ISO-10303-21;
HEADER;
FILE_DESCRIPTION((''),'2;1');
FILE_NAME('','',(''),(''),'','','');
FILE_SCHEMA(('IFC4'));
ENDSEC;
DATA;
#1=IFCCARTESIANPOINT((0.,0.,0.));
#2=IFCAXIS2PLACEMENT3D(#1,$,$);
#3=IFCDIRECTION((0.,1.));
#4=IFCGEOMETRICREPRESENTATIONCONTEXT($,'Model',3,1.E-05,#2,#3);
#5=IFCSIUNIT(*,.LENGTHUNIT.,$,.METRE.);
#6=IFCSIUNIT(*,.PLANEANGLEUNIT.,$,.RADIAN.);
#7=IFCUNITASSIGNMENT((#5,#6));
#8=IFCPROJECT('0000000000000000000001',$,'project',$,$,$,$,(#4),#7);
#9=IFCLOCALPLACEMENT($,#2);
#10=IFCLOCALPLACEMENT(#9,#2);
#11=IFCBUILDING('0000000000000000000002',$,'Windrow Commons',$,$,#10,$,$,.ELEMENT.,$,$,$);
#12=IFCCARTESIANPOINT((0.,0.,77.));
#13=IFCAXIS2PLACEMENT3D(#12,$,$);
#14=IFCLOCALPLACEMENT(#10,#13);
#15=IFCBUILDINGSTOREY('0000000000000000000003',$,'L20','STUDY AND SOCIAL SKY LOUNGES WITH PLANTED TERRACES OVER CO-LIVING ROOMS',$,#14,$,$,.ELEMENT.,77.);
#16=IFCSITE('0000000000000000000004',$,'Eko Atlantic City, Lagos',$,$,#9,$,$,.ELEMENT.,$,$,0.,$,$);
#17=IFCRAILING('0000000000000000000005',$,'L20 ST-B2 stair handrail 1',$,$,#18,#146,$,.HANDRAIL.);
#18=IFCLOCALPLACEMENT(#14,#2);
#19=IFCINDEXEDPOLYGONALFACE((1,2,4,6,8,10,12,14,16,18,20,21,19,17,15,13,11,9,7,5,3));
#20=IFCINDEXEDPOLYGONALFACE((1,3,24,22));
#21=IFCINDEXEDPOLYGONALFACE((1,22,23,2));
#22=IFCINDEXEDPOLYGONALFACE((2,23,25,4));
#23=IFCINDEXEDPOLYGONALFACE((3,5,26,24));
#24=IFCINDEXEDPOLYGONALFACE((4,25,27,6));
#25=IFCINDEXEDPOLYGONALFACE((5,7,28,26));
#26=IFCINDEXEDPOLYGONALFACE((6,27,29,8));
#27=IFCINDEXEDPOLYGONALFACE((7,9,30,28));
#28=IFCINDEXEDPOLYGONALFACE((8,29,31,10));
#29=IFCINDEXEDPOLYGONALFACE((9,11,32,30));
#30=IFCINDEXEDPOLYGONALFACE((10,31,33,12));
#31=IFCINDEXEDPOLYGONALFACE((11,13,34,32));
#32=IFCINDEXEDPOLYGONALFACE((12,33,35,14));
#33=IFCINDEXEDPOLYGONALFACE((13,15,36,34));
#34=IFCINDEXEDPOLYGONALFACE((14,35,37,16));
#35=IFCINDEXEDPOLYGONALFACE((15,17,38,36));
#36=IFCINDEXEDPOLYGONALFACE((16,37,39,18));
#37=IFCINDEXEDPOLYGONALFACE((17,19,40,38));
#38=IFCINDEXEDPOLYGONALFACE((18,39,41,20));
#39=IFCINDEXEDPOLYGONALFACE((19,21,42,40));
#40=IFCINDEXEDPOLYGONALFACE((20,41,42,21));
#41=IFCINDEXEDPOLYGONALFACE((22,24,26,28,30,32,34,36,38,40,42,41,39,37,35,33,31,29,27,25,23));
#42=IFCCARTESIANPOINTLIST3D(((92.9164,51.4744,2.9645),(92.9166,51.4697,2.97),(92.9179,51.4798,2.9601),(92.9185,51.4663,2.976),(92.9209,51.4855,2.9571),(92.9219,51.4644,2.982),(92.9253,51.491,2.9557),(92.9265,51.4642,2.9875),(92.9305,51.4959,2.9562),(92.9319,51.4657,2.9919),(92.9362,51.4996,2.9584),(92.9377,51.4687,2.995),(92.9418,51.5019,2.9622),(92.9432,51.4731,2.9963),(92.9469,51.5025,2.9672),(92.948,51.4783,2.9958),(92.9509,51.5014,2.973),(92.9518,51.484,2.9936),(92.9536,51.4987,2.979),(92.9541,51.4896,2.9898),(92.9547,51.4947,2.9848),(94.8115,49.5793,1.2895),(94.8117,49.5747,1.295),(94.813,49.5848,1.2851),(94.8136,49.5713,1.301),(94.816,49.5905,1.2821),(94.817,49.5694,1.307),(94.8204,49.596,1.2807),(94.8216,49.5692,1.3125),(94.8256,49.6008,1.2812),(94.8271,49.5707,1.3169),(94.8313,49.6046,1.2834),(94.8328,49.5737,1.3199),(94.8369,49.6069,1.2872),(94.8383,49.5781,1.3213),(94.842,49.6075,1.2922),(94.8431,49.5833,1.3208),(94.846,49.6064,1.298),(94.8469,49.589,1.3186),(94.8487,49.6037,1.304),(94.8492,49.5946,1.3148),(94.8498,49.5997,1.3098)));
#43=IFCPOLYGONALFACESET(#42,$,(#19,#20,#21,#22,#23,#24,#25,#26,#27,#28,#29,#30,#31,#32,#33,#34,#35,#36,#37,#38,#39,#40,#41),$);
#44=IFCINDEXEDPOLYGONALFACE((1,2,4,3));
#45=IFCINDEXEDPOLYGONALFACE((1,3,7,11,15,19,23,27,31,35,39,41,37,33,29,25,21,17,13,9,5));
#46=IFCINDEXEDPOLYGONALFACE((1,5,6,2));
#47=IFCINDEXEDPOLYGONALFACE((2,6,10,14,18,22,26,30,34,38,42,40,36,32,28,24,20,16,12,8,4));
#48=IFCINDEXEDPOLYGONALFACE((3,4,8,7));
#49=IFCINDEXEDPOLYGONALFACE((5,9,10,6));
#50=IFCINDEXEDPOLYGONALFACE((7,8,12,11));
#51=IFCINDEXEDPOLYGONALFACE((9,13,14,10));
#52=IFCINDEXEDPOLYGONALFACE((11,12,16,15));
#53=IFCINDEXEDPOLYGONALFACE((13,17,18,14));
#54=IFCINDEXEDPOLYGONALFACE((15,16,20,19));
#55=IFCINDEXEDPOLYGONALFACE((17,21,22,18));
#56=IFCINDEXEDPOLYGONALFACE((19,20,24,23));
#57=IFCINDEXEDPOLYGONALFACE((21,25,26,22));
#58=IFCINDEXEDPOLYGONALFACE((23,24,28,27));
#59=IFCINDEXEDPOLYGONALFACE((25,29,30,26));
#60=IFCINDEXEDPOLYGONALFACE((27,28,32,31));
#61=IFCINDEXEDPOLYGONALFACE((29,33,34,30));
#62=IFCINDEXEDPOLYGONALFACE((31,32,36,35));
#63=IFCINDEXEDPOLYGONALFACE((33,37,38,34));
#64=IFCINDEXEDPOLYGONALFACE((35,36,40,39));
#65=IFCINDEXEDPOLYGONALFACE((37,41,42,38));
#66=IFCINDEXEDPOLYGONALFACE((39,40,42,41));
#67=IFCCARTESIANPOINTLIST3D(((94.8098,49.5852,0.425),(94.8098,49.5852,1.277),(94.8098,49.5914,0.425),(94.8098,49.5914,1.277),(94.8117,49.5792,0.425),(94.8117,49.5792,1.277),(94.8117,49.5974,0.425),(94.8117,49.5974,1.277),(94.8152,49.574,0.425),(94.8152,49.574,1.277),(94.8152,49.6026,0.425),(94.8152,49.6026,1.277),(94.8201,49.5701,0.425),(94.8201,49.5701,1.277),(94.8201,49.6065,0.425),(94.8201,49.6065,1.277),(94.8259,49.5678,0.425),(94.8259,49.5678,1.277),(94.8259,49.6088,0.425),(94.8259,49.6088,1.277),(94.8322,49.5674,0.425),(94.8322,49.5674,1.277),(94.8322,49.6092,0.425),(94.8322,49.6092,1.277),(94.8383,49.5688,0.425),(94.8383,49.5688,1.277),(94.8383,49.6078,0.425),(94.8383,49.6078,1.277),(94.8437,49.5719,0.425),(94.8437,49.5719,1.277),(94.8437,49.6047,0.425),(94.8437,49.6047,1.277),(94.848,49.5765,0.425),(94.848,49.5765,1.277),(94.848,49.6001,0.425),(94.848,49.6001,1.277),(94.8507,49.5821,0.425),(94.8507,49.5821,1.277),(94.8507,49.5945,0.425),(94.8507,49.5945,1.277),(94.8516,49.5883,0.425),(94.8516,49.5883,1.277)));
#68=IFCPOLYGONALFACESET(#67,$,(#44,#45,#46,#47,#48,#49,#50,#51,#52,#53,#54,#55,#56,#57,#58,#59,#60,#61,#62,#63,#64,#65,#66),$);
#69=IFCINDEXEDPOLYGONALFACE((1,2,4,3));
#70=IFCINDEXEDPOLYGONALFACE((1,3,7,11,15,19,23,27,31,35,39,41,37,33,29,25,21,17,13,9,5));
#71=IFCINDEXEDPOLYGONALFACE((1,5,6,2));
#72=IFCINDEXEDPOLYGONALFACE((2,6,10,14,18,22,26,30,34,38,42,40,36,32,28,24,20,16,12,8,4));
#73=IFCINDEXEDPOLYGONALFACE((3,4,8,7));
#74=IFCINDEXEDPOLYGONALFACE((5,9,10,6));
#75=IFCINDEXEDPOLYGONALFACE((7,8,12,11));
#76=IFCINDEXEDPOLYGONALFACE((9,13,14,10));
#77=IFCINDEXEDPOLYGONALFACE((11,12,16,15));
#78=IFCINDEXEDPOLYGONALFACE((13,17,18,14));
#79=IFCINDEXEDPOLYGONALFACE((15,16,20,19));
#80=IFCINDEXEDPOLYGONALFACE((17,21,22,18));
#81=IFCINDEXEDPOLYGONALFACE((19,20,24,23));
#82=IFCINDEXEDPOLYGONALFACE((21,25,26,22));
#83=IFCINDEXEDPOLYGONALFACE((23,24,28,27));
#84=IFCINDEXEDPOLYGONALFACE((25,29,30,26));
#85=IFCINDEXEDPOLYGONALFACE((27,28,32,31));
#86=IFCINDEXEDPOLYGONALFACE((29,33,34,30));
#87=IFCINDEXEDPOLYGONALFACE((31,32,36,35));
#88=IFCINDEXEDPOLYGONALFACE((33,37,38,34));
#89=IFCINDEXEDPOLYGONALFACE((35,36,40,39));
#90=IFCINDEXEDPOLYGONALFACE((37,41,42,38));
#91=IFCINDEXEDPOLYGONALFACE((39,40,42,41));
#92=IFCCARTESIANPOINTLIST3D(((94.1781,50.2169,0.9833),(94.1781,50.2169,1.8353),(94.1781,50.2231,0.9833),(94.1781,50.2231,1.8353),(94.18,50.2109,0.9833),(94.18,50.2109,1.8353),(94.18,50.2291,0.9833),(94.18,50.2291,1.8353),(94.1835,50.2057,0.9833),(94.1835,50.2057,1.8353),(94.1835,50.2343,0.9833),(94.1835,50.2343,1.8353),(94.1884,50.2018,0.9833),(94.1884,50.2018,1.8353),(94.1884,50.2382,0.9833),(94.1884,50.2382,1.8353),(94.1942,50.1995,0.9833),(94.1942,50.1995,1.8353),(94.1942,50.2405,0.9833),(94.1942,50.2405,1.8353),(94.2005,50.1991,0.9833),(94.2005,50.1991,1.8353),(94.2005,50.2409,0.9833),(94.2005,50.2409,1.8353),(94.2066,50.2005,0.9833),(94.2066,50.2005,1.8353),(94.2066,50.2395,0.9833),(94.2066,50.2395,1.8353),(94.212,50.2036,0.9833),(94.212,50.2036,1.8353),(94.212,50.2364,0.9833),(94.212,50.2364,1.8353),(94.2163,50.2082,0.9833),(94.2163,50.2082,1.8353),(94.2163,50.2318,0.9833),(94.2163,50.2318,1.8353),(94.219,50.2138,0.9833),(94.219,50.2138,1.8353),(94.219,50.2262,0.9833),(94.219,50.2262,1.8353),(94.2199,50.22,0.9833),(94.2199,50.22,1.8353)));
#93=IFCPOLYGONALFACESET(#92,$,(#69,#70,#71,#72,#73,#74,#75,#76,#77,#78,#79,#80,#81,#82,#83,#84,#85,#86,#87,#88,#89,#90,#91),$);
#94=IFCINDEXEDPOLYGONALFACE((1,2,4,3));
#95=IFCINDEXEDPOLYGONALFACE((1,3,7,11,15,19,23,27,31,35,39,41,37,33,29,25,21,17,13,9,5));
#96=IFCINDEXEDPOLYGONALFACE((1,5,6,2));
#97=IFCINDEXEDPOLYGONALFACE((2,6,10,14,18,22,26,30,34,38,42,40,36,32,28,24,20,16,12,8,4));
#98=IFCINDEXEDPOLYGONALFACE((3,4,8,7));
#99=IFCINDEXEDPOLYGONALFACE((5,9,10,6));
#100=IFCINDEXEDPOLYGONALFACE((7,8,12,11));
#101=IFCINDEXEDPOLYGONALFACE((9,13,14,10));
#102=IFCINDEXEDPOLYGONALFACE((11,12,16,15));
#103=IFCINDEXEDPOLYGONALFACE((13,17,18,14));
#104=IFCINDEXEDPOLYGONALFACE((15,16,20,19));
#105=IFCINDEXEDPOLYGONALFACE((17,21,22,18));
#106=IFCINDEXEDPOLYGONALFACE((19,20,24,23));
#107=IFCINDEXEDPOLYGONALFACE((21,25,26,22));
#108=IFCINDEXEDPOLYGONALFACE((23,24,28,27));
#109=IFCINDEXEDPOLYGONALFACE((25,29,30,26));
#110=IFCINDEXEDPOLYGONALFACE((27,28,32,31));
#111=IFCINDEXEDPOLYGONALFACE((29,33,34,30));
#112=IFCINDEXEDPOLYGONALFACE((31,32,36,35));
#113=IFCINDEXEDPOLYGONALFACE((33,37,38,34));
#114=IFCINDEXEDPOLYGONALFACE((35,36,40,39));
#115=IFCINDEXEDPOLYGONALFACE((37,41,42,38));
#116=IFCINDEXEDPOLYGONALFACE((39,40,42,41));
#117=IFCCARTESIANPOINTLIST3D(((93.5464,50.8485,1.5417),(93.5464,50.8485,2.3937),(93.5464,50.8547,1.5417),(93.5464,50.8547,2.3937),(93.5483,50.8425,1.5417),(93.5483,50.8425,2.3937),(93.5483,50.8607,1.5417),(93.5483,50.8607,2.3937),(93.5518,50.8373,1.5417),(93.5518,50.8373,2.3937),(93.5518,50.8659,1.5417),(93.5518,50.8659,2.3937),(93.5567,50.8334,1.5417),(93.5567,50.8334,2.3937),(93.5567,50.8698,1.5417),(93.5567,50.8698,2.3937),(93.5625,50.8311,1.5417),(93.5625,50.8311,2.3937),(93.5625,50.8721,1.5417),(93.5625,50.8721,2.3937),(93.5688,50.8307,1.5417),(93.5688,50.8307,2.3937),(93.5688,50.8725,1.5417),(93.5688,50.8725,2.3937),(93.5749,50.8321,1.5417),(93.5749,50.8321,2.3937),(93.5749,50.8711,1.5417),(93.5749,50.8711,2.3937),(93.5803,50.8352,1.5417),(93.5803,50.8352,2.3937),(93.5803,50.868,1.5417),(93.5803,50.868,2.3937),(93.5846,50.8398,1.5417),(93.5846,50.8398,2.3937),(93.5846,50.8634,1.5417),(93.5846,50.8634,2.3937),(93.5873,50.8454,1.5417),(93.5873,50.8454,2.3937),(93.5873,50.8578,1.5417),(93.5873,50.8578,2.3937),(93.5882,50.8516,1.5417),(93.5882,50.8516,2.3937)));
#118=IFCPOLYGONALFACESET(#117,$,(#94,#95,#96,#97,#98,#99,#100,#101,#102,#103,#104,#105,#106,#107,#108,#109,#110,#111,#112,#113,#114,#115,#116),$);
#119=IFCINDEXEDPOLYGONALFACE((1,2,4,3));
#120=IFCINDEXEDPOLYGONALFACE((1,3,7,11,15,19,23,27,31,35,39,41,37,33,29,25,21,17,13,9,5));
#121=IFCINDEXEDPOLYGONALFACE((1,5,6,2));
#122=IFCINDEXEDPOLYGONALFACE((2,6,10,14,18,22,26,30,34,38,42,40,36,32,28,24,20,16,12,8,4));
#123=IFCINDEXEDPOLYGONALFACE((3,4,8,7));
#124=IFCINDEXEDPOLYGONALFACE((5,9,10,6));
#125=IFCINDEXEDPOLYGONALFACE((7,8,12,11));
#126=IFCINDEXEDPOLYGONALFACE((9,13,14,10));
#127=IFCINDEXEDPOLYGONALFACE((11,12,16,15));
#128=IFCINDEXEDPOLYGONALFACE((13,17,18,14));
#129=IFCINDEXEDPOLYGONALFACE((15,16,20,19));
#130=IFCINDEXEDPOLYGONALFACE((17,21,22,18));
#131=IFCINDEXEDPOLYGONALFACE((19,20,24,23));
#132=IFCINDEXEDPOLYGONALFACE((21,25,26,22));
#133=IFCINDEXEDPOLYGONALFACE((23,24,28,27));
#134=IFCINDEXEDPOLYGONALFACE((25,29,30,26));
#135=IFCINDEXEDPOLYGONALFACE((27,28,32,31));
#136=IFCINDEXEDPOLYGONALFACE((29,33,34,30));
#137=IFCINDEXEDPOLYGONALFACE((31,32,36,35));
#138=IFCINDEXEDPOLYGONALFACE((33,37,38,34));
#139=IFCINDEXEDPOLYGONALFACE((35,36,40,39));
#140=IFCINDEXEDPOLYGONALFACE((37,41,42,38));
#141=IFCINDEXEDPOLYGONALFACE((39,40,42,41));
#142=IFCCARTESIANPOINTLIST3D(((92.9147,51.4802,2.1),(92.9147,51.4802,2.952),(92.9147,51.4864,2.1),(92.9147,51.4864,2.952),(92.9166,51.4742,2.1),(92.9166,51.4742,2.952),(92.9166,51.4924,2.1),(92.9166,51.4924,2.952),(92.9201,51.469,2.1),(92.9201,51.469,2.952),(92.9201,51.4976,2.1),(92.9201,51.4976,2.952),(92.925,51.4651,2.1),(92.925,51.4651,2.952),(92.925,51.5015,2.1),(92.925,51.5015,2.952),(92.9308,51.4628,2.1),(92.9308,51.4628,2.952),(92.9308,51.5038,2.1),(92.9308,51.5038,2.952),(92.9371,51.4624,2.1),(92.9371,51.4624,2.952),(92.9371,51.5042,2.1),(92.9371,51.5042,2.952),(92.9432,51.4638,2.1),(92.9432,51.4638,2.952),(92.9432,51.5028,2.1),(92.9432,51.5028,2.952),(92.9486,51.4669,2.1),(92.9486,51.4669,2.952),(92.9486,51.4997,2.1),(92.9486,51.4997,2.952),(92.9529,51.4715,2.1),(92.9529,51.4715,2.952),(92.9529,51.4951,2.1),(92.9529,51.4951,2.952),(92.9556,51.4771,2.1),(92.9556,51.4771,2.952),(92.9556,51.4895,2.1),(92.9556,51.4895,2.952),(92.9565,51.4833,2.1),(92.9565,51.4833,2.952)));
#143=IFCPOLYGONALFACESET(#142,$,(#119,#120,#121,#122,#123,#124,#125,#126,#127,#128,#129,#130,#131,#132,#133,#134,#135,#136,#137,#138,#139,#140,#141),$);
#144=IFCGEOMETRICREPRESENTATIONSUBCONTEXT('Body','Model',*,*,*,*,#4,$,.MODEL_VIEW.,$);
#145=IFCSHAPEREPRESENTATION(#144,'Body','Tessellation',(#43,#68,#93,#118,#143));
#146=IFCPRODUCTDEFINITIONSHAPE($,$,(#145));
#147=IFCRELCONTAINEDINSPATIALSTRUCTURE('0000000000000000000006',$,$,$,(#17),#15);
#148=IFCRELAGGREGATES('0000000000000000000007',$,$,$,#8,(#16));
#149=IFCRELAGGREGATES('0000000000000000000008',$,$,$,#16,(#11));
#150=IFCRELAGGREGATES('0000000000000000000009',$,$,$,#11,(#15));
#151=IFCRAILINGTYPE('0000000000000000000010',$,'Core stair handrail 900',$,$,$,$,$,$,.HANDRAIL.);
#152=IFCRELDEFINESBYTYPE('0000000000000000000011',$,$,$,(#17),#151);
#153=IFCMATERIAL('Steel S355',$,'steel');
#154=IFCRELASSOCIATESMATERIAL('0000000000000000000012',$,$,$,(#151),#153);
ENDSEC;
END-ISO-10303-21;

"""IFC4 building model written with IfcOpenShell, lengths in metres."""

from ifc_helpers import new_model, si_unit, direction, frame, origin, origin_2d, place, context, subcontext, project, spatial, circle, extrude, material, type_object, element, save


model = new_model("IFC4")

# Units and contexts
model_context = context("Model", 3, precision=1e-05, world=origin(), true_north=direction((0.0, 1.0)))
body_context = subcontext(model_context, "Body", "Model", "MODEL_VIEW")
ifc_project = project(units=[si_unit("LENGTHUNIT", "METRE"), si_unit("PLANEANGLEUNIT", "RADIAN")], contexts=[model_context])

# Site, building, storey
site_placement = place(None, origin())
site = spatial("IfcSite", under=ifc_project, at=site_placement, Name="Eko Atlantic City, Lagos", CompositionType="ELEMENT", RefElevation=0.0)
building_placement = place(site_placement, origin())
building = spatial("IfcBuilding", under=site, at=building_placement, Name="Windrow Commons", CompositionType="ELEMENT")
storey_placement = place(building_placement, frame((0.0, 0.0, 77.0)))
storey = spatial("IfcBuildingStorey", under=building, at=storey_placement, Name="L20", Description="STUDY AND SOCIAL SKY LOUNGES WITH PLANTED TERRACES OVER CO-LIVING ROOMS", CompositionType="ELEMENT", Elevation=77.0)

# Railing
ifc_material_1 = material(Name="Steel S355", Category="steel")
railing_type_1 = type_object("IfcRailingType", Name="Core stair handrail 900", PredefinedType="HANDRAIL", material=ifc_material_1)
railing_1_placement = place(storey_placement, frame((94.8306, 49.5883, 0.425)))
element("IfcRailing", 1, at=railing_1_placement, inside=storey, type_object=railing_type_1, Name="L20 ST-B2 stair handrail 1", PredefinedType="HANDRAIL", context=body_context, shape_type="SweptSolid", body=[
    extrude(circle(Radius=0.024, at=origin_2d()), frame((0.0, 0.0, 0.876), z_axis=(-0.599642, 0.59961, 0.529998), x_axis=(-0.707088, -0.707125, 0.0)), (0.0, 0.0, 1.0), 3.1604),
    extrude(circle(Radius=0.021, at=origin_2d()), origin(), (0.0, 0.0, 1.0), 0.852),
    extrude(circle(Radius=0.021, at=origin_2d()), frame((-0.6317, 0.6317, 0.5583)), (0.0, 0.0, 1.0), 0.852),
    extrude(circle(Radius=0.021, at=origin_2d()), frame((-1.2634, 1.2633, 1.1167)), (0.0, 0.0, 1.0), 0.852),
    extrude(circle(Radius=0.021, at=origin_2d()), frame((-1.8951, 1.895, 1.675)), (0.0, 0.0, 1.0), 0.852),
])

save(model, "model.ifc")
